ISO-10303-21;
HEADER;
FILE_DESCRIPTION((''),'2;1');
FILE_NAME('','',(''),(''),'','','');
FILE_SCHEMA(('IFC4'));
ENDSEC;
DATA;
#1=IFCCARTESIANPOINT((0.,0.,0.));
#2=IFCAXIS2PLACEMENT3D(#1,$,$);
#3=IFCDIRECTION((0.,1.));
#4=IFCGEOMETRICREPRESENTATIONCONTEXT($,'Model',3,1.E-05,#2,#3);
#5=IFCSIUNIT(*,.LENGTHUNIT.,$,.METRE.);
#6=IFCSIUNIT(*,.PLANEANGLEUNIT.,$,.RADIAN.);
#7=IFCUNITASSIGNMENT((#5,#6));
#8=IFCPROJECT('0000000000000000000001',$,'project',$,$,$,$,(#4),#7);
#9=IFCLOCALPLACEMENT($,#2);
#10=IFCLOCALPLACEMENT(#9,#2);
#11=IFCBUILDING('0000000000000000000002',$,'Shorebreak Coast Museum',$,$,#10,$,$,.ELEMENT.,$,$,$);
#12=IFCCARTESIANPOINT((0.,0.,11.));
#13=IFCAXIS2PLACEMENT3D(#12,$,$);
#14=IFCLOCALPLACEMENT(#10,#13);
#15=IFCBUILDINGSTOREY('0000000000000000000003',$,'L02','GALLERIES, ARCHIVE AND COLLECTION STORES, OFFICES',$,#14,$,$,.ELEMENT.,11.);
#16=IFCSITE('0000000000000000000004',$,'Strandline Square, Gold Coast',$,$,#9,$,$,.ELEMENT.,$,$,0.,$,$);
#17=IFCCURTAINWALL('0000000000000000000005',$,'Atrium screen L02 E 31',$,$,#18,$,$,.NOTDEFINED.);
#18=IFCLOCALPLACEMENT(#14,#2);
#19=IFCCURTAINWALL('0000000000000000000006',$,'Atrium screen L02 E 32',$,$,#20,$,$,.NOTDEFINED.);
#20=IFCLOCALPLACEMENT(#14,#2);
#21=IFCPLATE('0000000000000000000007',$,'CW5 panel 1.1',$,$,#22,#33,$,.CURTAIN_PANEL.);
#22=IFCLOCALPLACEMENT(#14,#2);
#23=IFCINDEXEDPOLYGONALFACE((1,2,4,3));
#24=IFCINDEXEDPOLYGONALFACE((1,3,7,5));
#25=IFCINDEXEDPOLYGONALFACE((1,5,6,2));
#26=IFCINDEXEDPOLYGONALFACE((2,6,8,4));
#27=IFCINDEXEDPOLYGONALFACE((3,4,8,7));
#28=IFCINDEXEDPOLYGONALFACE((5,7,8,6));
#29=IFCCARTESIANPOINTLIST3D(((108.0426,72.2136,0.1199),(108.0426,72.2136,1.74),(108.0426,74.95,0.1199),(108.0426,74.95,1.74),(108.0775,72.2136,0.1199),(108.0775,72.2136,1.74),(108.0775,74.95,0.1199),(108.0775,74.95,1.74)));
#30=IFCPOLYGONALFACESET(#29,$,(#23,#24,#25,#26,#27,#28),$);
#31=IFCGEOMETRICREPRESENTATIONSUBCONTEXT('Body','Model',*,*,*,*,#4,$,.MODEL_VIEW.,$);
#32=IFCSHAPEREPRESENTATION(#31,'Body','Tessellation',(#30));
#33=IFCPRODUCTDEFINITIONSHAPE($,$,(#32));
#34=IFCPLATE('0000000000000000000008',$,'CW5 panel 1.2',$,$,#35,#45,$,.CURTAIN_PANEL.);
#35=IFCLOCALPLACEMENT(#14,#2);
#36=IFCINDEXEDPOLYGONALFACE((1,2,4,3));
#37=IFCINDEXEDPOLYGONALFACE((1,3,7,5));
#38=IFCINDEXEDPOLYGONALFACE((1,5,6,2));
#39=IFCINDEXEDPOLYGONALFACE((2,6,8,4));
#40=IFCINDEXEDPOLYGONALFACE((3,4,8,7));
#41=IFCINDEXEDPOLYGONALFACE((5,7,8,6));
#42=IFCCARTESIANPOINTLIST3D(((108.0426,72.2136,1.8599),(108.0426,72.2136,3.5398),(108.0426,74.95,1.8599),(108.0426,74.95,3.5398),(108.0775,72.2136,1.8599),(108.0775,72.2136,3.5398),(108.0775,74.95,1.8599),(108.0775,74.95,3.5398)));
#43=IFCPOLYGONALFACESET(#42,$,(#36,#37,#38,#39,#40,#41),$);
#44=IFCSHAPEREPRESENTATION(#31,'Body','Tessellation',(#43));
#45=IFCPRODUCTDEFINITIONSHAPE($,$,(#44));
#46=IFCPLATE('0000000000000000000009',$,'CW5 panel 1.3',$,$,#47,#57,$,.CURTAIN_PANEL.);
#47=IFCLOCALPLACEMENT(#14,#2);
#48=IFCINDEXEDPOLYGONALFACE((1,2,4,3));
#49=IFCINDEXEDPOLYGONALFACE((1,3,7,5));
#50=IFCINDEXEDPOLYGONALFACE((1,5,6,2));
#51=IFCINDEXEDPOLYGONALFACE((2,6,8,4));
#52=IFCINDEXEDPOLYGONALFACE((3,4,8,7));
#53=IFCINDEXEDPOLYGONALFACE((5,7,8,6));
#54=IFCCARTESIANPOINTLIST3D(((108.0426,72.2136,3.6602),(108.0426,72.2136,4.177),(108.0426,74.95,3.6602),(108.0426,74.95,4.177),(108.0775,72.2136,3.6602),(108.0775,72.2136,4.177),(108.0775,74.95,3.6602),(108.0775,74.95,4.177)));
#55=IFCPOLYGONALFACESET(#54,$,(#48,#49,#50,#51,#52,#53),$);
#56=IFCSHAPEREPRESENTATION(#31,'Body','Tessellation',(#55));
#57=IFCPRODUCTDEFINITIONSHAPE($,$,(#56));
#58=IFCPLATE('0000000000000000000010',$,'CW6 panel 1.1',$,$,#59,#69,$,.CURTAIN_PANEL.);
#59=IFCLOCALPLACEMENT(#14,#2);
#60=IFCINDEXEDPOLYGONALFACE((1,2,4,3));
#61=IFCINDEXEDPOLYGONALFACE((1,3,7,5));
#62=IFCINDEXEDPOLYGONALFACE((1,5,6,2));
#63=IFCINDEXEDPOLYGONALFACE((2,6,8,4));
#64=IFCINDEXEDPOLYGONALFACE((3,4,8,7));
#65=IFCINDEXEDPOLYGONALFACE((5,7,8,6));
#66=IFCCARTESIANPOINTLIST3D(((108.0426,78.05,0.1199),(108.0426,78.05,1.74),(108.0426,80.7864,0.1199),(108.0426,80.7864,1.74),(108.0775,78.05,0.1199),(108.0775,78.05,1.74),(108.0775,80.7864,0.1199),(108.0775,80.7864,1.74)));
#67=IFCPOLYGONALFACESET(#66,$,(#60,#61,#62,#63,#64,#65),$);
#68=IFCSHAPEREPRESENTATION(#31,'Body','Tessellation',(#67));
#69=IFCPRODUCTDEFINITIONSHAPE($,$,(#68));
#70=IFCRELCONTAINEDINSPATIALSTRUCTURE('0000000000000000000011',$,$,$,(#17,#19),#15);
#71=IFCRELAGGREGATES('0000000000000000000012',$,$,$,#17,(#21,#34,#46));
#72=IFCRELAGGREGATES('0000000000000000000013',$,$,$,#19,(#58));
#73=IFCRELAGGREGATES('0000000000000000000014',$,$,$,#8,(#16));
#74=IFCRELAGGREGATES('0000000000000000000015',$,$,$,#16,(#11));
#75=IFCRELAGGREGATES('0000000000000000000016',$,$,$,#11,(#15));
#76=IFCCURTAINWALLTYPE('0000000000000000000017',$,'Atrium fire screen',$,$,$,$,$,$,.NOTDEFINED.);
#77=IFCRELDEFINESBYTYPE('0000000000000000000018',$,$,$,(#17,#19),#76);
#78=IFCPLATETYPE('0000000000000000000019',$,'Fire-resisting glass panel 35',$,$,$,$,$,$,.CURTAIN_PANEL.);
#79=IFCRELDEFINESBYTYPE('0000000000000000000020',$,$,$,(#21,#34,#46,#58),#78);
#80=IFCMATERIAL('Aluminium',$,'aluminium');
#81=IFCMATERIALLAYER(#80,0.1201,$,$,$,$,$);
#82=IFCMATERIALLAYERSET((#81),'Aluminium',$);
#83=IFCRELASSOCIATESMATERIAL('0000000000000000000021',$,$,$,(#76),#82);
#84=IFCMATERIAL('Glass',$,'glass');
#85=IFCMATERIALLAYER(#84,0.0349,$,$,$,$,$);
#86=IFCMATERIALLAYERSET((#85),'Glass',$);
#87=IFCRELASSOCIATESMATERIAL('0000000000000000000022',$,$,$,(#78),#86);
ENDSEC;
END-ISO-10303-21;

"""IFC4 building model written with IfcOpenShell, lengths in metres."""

from ifc_helpers import new_model, si_unit, direction, frame, origin, origin_2d, place, context, subcontext, project, spatial, rectangle, extrude, material, layer, layer_set, type_object, element, aggregate, save


model = new_model("IFC4")

# Units and contexts
model_context = context("Model", 3, precision=1e-05, world=origin(), true_north=direction((0.0, 1.0)))
body_context = subcontext(model_context, "Body", "Model", "MODEL_VIEW")
ifc_project = project(units=[si_unit("LENGTHUNIT", "METRE"), si_unit("PLANEANGLEUNIT", "RADIAN")], contexts=[model_context])

# Site, building, storey
site_placement = place(None, origin())
site = spatial("IfcSite", under=ifc_project, at=site_placement, Name="Strandline Square, Gold Coast", CompositionType="ELEMENT", RefElevation=0.0)
building_placement = place(site_placement, origin())
building = spatial("IfcBuilding", under=site, at=building_placement, Name="Shorebreak Coast Museum", CompositionType="ELEMENT")
storey_placement = place(building_placement, frame((0.0, 0.0, 11.0)))
storey = spatial("IfcBuildingStorey", under=building, at=storey_placement, Name="L02", Description="GALLERIES, ARCHIVE AND COLLECTION STORES, OFFICES", CompositionType="ELEMENT", Elevation=11.0)

# Curtain wall
ifc_material_1 = material(Name="Aluminium", Category="aluminium")
ifc_layer_1 = layer(ifc_material_1, 0.1201)
ifc_layer_set_1 = layer_set([ifc_layer_1], Name="Aluminium")
curtain_wall_type = type_object("IfcCurtainWallType", Name="Atrium fire screen", PredefinedType="NOTDEFINED", material=ifc_layer_set_1)
curtain_wall_1_placement = place(storey_placement, origin())
curtain_wall_1 = element("IfcCurtainWall", 1, at=curtain_wall_1_placement, inside=storey, type_object=curtain_wall_type, Name="Atrium screen L02 E 31", PredefinedType="NOTDEFINED")

# Curtain wall
curtain_wall_2_placement = place(storey_placement, origin())
curtain_wall_2 = element("IfcCurtainWall", 2, at=curtain_wall_2_placement, inside=storey, type_object=curtain_wall_type, Name="Atrium screen L02 E 32", PredefinedType="NOTDEFINED")

# Plates
ifc_material_2 = material(Name="Glass", Category="glass")
ifc_layer_2 = layer(ifc_material_2, 0.0349)
ifc_layer_set_2 = layer_set([ifc_layer_2], Name="Glass")
plate_type = type_object("IfcPlateType", Name="Fire-resisting glass panel 35", PredefinedType="CURTAIN_PANEL", material=ifc_layer_set_2)
plate_1_placement = place(storey_placement, frame((108.0601, 73.5818, 0.1199), z_axis=(0.0, 0.0, 1.0), x_axis=(0.0, 1.0, 0.0)))
plate_1 = element("IfcPlate", 3, at=plate_1_placement, type_object=plate_type, Name="CW5 panel 1.1", PredefinedType="CURTAIN_PANEL", context=body_context, shape_type="SweptSolid", body=[
    extrude(rectangle(XDim=2.7363, YDim=0.0349, at=origin_2d()), origin(), (0.0, 0.0, 1.0), 1.6201),
])
plate_2_placement = place(storey_placement, frame((108.0601, 73.5818, 1.8599), z_axis=(0.0, 0.0, 1.0), x_axis=(0.0, 1.0, 0.0)))
plate_2 = element("IfcPlate", 4, at=plate_2_placement, type_object=plate_type, Name="CW5 panel 1.2", PredefinedType="CURTAIN_PANEL", context=body_context, shape_type="SweptSolid", body=[
    extrude(rectangle(XDim=2.7363, YDim=0.0349, at=origin_2d()), origin(), (0.0, 0.0, 1.0), 1.6799),
])
plate_3_placement = place(storey_placement, frame((108.0601, 73.5818, 3.6602), z_axis=(0.0, 0.0, 1.0), x_axis=(0.0, 1.0, 0.0)))
plate_3 = element("IfcPlate", 5, at=plate_3_placement, type_object=plate_type, Name="CW5 panel 1.3", PredefinedType="CURTAIN_PANEL", context=body_context, shape_type="SweptSolid", body=[
    extrude(rectangle(XDim=2.7363, YDim=0.0349, at=origin_2d()), origin(), (0.0, 0.0, 1.0), 0.5168),
])
aggregate(curtain_wall_1, [plate_1, plate_2, plate_3])
plate_4_placement = place(storey_placement, frame((108.0601, 79.4182, 0.1199), z_axis=(0.0, 0.0, 1.0), x_axis=(0.0, 1.0, 0.0)))
plate_4 = element("IfcPlate", 6, at=plate_4_placement, type_object=plate_type, Name="CW6 panel 1.1", PredefinedType="CURTAIN_PANEL", context=body_context, shape_type="SweptSolid", body=[
    extrude(rectangle(XDim=2.7363, YDim=0.0349, at=origin_2d()), origin(), (0.0, 0.0, 1.0), 1.6201),
])
aggregate(curtain_wall_2, [plate_4])

save(model, "model.ifc")
